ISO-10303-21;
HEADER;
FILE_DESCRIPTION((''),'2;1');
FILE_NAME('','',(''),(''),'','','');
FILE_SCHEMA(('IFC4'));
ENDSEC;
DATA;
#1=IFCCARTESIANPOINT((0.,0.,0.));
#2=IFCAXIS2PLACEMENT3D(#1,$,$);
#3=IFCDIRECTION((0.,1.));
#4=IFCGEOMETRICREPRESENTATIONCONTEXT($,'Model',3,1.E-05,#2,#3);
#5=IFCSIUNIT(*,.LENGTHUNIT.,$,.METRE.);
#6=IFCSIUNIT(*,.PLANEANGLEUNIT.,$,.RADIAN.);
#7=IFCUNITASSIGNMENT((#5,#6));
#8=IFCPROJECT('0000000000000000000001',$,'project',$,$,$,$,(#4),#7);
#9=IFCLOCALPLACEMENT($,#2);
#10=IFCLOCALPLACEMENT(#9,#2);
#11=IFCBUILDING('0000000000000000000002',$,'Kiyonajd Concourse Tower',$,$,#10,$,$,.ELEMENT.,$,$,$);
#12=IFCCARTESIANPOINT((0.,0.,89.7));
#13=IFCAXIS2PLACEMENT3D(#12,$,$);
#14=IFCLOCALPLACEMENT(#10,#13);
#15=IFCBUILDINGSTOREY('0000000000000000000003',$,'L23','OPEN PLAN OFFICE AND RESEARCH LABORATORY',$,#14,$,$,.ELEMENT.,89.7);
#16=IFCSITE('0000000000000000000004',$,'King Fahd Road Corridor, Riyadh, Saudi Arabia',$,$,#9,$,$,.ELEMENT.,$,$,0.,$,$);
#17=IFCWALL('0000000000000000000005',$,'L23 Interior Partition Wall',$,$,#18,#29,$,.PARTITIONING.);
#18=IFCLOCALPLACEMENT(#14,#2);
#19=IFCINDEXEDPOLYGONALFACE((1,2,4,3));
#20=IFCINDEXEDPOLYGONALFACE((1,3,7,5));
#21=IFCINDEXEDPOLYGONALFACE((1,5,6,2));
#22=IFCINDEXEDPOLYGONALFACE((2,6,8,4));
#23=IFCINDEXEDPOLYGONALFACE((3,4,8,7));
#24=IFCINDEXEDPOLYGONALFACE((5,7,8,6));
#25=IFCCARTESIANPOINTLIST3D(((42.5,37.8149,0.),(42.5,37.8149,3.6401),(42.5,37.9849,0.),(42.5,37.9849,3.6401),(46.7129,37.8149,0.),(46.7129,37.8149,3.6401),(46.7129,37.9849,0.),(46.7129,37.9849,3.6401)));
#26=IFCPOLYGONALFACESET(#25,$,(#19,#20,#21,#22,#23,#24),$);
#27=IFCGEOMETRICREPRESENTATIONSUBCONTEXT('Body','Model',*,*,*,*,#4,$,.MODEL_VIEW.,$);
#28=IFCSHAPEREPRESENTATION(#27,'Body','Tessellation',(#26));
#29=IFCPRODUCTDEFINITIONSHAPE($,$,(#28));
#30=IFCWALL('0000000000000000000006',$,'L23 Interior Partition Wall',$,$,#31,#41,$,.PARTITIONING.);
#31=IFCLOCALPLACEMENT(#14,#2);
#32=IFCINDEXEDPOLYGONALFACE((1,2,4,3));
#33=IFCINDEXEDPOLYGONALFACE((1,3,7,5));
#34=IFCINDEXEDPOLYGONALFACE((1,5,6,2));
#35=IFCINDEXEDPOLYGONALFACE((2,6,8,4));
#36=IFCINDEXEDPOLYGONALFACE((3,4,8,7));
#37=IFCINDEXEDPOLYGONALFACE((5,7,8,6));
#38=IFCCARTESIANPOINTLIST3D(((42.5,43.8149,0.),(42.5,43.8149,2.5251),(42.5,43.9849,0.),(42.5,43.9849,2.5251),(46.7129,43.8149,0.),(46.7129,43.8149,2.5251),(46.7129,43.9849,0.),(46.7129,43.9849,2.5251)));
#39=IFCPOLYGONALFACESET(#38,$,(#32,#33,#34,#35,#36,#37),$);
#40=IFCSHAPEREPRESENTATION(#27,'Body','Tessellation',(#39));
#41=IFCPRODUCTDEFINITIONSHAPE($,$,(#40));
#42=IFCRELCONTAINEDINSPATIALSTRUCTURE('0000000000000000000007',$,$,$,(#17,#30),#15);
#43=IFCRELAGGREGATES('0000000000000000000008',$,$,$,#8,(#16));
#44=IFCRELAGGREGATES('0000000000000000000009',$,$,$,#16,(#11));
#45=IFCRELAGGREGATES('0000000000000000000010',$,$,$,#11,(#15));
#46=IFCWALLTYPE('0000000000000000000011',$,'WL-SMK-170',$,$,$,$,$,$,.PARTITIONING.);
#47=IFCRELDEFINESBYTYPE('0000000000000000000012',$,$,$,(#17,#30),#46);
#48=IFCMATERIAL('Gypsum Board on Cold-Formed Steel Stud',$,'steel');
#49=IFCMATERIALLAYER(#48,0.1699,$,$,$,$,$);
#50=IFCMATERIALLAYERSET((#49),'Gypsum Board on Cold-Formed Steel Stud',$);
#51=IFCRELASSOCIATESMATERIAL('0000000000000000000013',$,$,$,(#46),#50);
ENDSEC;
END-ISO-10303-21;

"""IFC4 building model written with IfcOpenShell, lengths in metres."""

from ifc_helpers import new_model, si_unit, direction, frame, frame_2d, origin, place, context, subcontext, project, spatial, rectangle, extrude, material, layer, layer_set, type_object, element, save


model = new_model("IFC4")

# Units and contexts
model_context = context("Model", 3, precision=1e-05, world=origin(), true_north=direction((0.0, 1.0)))
body_context = subcontext(model_context, "Body", "Model", "MODEL_VIEW")
ifc_project = project(units=[si_unit("LENGTHUNIT", "METRE"), si_unit("PLANEANGLEUNIT", "RADIAN")], contexts=[model_context])

# Site, building, storey
site_placement = place(None, origin())
site = spatial("IfcSite", under=ifc_project, at=site_placement, Name="King Fahd Road Corridor, Riyadh, Saudi Arabia", CompositionType="ELEMENT", RefElevation=0.0)
building_placement = place(site_placement, origin())
building = spatial("IfcBuilding", under=site, at=building_placement, Name="Kiyonajd Concourse Tower", CompositionType="ELEMENT")
storey_placement = place(building_placement, frame((0.0, 0.0, 89.7)))
storey = spatial("IfcBuildingStorey", under=building, at=storey_placement, Name="L23", Description="OPEN PLAN OFFICE AND RESEARCH LABORATORY", CompositionType="ELEMENT", Elevation=89.7)

# Walls
ifc_material_1 = material(Name="Gypsum Board on Cold-Formed Steel Stud", Category="steel")
ifc_layer_1 = layer(ifc_material_1, 0.1699)
ifc_layer_set_1 = layer_set([ifc_layer_1], Name="Gypsum Board on Cold-Formed Steel Stud")
wall_type_1 = type_object("IfcWallType", Name="WL-SMK-170", PredefinedType="PARTITIONING", material=ifc_layer_set_1)
wall_1_placement = place(storey_placement, frame((42.5, 37.8999, 0.0), z_axis=(0.0, 0.0, 1.0), x_axis=(1.0, 0.0, 0.0)))
element("IfcWall", 1, at=wall_1_placement, inside=storey, type_object=wall_type_1, Name="L23 Interior Partition Wall", PredefinedType="PARTITIONING", context=body_context, shape_type="SweptSolid", body=[
    extrude(rectangle(XDim=4.2129, YDim=0.1699, at=frame_2d((2.1064, 0.0))), origin(), (0.0, 0.0, 1.0), 3.6401),
])
wall_2_placement = place(storey_placement, frame((42.5, 43.8999, 0.0), z_axis=(0.0, 0.0, 1.0), x_axis=(1.0, 0.0, 0.0)))
element("IfcWall", 2, at=wall_2_placement, inside=storey, type_object=wall_type_1, Name="L23 Interior Partition Wall", PredefinedType="PARTITIONING", context=body_context, shape_type="SweptSolid", body=[
    extrude(rectangle(XDim=4.2129, YDim=0.1699, at=frame_2d((2.1064, 0.0))), origin(), (0.0, 0.0, 1.0), 2.5251),
])

save(model, "model.ifc")
